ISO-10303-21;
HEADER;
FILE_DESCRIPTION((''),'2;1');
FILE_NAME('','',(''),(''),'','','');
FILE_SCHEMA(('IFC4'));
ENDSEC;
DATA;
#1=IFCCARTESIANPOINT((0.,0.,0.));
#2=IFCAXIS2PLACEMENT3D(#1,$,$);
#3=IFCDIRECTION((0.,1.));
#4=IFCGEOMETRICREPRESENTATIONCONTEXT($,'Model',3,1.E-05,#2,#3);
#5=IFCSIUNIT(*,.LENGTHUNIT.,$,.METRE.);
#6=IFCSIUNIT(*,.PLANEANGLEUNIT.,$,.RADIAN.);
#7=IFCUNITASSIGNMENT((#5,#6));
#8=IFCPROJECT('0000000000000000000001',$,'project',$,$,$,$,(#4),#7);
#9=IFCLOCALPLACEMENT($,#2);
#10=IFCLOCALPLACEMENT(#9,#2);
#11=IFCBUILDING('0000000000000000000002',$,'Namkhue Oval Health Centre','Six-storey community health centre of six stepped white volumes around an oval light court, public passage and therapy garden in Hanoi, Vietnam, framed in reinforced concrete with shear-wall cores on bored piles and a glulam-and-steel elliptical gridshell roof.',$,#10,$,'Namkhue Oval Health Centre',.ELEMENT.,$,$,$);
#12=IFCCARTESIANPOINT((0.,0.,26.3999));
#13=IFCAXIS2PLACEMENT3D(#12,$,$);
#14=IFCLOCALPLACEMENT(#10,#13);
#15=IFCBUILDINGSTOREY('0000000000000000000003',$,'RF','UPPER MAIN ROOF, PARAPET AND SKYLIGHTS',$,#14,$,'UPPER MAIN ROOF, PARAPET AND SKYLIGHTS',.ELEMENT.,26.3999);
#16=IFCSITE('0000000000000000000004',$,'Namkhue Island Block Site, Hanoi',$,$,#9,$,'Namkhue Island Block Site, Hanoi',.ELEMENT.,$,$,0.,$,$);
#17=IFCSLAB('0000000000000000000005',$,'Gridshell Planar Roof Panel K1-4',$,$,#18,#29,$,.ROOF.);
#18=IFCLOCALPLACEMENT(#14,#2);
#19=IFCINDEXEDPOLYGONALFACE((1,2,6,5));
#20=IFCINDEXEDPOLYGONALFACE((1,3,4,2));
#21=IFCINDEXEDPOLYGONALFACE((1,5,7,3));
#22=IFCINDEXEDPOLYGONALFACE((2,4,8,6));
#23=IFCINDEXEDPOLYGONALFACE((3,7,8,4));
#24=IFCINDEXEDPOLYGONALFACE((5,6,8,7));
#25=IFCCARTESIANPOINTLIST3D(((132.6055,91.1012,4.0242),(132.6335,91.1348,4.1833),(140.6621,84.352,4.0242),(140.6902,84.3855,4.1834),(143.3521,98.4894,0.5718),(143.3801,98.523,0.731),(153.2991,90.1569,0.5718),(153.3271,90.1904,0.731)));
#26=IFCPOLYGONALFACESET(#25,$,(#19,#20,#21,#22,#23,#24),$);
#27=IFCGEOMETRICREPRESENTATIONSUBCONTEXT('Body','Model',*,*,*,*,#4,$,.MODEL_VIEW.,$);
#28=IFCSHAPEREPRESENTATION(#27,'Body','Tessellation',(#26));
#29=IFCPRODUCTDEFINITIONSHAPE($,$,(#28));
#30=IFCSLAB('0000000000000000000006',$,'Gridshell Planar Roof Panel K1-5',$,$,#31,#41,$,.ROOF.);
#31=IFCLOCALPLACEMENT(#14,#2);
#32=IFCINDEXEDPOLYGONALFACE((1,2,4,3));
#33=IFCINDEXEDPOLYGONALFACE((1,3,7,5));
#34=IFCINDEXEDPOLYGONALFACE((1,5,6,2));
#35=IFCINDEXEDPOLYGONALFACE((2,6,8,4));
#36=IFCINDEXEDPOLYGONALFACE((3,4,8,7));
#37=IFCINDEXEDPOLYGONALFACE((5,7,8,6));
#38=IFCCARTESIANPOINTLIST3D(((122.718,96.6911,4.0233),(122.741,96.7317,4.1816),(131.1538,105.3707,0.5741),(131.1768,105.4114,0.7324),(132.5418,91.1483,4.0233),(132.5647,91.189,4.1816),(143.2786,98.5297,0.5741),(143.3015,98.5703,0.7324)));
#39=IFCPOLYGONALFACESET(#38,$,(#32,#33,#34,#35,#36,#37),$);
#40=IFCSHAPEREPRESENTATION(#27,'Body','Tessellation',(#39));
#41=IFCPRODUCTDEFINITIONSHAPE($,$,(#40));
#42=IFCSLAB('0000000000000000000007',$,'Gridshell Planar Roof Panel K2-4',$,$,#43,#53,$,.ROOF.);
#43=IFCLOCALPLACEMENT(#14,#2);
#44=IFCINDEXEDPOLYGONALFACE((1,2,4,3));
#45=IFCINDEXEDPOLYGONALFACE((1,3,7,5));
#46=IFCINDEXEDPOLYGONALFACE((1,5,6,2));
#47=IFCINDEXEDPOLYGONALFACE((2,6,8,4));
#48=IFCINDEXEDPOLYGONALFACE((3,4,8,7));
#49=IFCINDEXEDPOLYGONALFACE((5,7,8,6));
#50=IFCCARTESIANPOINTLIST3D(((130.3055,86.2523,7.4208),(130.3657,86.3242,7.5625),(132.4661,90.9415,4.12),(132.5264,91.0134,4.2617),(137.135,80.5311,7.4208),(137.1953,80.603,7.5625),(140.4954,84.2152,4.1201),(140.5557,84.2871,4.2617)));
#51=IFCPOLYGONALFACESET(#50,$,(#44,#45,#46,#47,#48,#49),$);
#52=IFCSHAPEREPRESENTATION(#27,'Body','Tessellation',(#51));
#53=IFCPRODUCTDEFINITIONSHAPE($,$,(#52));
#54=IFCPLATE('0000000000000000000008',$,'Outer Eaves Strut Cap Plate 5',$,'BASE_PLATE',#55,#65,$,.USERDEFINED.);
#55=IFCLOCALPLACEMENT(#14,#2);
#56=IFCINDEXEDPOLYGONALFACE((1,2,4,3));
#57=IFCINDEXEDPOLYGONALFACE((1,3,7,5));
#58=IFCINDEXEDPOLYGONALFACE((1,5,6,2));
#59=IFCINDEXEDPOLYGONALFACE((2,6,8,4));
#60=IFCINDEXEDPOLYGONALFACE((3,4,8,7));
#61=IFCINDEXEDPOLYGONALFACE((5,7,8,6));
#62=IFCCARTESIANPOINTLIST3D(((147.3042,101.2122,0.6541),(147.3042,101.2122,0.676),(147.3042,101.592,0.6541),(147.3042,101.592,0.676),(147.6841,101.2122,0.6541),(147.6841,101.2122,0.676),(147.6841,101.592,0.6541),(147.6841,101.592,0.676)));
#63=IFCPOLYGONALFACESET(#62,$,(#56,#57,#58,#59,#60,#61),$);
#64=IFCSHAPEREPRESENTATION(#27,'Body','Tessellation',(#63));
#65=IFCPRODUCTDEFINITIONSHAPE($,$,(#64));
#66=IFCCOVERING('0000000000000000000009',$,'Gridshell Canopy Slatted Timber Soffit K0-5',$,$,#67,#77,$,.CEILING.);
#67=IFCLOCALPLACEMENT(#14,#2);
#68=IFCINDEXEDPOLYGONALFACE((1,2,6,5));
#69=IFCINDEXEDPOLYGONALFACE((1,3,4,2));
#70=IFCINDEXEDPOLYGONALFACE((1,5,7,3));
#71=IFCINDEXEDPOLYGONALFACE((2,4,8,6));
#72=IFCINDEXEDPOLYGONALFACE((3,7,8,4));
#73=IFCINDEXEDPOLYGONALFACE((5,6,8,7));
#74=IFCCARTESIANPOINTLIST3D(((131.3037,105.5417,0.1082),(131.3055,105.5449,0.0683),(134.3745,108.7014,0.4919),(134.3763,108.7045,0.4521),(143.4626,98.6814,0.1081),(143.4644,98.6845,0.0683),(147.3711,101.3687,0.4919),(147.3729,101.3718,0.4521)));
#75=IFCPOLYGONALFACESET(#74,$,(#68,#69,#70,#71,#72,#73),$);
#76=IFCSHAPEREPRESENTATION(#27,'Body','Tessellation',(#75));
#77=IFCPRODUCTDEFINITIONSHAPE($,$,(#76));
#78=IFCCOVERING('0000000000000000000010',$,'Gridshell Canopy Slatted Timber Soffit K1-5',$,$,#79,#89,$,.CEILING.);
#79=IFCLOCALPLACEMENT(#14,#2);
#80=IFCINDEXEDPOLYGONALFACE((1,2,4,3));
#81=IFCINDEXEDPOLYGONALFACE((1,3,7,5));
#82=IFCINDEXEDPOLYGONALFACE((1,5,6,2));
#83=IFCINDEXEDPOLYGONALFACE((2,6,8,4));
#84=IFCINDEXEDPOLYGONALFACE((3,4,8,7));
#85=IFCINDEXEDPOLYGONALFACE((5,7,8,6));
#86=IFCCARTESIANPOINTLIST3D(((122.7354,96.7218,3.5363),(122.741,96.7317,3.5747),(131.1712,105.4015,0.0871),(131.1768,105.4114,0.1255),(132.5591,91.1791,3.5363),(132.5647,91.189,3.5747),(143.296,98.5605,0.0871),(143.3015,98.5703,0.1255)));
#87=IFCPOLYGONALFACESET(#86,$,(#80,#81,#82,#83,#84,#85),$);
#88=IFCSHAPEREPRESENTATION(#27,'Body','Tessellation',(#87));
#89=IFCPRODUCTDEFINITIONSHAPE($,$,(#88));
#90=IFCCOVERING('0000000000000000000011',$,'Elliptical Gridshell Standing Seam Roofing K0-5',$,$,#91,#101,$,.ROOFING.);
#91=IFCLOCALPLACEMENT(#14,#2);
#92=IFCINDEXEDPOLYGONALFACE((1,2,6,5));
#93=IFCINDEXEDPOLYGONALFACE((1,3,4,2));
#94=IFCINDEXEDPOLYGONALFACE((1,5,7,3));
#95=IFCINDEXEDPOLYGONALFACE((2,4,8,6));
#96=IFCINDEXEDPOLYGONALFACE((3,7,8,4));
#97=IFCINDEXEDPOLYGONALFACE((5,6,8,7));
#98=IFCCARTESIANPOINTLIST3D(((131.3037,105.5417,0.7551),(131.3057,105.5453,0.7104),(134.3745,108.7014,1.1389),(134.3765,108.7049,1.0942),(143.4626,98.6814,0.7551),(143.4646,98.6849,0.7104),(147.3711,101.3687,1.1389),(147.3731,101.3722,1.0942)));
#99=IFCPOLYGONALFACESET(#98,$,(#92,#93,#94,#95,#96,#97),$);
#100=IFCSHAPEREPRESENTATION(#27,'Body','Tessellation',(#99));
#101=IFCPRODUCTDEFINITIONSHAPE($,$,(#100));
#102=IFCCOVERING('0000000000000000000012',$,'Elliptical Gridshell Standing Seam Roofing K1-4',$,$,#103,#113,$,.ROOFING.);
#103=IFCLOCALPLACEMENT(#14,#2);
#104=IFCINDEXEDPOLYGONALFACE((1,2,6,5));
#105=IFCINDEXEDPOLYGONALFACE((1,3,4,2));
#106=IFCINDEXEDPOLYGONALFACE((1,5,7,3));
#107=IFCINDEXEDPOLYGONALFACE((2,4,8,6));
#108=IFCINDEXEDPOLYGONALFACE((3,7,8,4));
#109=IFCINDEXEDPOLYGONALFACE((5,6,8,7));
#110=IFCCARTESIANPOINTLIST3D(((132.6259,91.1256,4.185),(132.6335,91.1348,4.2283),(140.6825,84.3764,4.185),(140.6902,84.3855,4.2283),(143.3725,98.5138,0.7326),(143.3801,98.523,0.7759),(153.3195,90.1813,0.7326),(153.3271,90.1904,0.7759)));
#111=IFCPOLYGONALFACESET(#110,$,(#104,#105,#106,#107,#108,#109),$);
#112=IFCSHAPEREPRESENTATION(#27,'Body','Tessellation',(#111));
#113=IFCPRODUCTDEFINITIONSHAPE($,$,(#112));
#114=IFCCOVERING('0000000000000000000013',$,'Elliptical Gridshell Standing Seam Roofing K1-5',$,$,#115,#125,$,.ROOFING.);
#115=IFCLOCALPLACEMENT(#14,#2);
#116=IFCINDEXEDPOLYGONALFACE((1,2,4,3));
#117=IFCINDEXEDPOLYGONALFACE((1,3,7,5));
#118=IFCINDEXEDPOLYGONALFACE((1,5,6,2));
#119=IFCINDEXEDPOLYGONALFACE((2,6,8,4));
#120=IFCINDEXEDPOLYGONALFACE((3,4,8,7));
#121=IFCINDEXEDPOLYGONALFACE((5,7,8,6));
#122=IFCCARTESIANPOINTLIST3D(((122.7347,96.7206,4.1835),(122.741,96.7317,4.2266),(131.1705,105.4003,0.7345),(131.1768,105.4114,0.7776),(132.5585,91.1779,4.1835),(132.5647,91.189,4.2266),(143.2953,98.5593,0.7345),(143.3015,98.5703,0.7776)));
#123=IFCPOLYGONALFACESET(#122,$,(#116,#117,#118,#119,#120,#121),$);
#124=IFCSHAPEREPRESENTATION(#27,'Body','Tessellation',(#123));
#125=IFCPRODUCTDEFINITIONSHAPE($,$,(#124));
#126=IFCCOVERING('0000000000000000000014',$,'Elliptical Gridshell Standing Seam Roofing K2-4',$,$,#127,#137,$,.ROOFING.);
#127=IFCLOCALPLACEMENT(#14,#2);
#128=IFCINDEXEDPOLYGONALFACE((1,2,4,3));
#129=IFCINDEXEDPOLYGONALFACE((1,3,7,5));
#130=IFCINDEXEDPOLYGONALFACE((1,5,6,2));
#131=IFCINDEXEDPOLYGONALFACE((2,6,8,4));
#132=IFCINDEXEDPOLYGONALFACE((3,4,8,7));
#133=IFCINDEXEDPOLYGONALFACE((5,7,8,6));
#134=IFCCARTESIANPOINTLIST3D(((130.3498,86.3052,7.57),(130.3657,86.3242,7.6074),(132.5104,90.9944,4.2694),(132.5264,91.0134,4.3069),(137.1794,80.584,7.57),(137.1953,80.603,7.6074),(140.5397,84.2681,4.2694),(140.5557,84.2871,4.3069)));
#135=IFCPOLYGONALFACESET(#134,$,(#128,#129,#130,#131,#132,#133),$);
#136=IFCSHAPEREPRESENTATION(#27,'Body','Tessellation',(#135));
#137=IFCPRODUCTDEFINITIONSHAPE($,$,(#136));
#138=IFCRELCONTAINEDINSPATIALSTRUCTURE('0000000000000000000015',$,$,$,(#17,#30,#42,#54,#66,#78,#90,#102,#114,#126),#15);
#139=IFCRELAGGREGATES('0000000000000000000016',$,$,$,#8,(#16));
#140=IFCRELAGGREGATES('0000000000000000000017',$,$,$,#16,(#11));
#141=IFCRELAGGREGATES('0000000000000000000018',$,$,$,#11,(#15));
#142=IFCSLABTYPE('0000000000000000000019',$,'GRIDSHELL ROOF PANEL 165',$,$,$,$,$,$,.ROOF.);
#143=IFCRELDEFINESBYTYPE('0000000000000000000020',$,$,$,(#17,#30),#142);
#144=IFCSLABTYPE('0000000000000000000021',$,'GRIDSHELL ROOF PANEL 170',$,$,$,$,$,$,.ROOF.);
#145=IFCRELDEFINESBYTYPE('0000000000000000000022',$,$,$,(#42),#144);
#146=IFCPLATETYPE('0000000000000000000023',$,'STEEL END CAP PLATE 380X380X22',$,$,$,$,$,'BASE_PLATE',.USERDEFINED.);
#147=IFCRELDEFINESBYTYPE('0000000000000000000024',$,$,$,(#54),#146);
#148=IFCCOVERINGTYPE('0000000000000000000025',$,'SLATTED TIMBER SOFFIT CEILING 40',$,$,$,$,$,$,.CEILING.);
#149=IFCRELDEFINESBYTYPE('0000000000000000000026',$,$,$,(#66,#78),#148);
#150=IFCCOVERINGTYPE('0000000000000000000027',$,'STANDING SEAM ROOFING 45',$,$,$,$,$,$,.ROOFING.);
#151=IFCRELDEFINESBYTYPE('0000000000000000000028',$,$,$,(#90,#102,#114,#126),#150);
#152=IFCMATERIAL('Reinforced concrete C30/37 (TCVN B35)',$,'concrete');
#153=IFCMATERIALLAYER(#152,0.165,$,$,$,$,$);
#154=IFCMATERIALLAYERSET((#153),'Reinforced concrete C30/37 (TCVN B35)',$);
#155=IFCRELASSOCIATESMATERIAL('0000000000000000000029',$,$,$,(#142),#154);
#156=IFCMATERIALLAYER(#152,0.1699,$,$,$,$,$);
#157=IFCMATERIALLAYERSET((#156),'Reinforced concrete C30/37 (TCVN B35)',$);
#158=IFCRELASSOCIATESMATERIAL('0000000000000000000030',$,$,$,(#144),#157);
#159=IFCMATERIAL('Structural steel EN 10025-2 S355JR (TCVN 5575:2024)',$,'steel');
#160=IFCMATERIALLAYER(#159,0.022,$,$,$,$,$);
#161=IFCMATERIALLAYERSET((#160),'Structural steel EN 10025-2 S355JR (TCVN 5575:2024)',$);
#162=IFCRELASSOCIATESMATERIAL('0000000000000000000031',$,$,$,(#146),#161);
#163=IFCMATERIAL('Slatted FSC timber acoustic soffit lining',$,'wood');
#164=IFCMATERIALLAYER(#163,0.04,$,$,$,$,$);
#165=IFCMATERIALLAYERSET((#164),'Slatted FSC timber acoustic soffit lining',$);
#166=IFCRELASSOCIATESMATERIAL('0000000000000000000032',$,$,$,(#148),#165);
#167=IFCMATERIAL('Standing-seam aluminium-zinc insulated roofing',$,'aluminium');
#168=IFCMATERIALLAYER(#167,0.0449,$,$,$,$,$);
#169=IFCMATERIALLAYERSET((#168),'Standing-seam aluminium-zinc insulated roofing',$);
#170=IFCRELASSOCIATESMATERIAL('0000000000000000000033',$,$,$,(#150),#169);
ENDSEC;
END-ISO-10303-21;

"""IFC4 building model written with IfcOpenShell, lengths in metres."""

from ifc_helpers import new_model, si_unit, direction, frame, origin, origin_2d, place, context, subcontext, project, spatial, polyline, rectangle, outline, extrude, material, layer, layer_set, type_object, element, save


model = new_model("IFC4")

# Units and contexts
model_context = context("Model", 3, precision=1e-05, world=origin(), true_north=direction((0.0, 1.0)))
body_context = subcontext(model_context, "Body", "Model", "MODEL_VIEW")
ifc_project = project(units=[si_unit("LENGTHUNIT", "METRE"), si_unit("PLANEANGLEUNIT", "RADIAN")], contexts=[model_context])

# Site, building, storey
site_placement = place(None, origin())
site = spatial("IfcSite", under=ifc_project, at=site_placement, Name="Namkhue Island Block Site, Hanoi", LongName="Namkhue Island Block Site, Hanoi", CompositionType="ELEMENT", RefElevation=0.0)
building_placement = place(site_placement, origin())
building = spatial("IfcBuilding", under=site, at=building_placement, Name="Namkhue Oval Health Centre", Description="Six-storey community health centre of six stepped white volumes around an oval light court, public passage and therapy garden in Hanoi, Vietnam, framed in reinforced concrete with shear-wall cores on bored piles and a glulam-and-steel elliptical gridshell roof.", LongName="Namkhue Oval Health Centre", CompositionType="ELEMENT")
storey_placement = place(building_placement, frame((0.0, 0.0, 26.3999)))
storey = spatial("IfcBuildingStorey", under=building, at=storey_placement, Name="RF", Description="UPPER MAIN ROOF, PARAPET AND SKYLIGHTS", LongName="UPPER MAIN ROOF, PARAPET AND SKYLIGHTS", CompositionType="ELEMENT", Elevation=26.3999)

# Shared definitions
ifc_material_1 = material(Name="Structural steel EN 10025-2 S355JR (TCVN 5575:2024)", Category="steel")

# Slabs
ifc_material_2 = material(Name="Reinforced concrete C30/37 (TCVN B35)", Category="concrete")
ifc_layer_1 = layer(ifc_material_2, 0.165)
ifc_layer_set_1 = layer_set([ifc_layer_1], Name="Reinforced concrete C30/37 (TCVN B35)")
slab_type_1 = type_object("IfcSlabType", Name="GRIDSHELL ROOF PANEL 165", PredefinedType="ROOF", material=ifc_layer_set_1)
slab_1_placement = place(storey_placement, frame((153.3271, 90.1904, 0.731), z_axis=(0.17014, 0.203102, 0.964262), x_axis=(-0.766576, 0.642154, 0.000003)))
element("IfcSlab", 1, at=slab_1_placement, inside=storey, type_object=slab_type_1, Name="Gridshell Planar Roof Panel K1-4", PredefinedType="ROOF", context=body_context, shape_type="SweptSolid", body=[
    extrude(outline(polyline([(0.0, 0.0), (12.9759, 0.0), (16.4696, 13.0302), (5.9595, 13.0305), (0.0, 0.0)])), origin(), (0.0, 0.0, -1.0), 0.165),
])
slab_2_placement = place(storey_placement, frame((143.3015, 98.5703, 0.7324), z_axis=(0.138903, 0.246185, 0.959218), x_axis=(-0.870934, 0.491401, 0.0)))
element("IfcSlab", 2, at=slab_2_placement, inside=storey, type_object=slab_type_1, Name="Gridshell Planar Roof Panel K1-5", PredefinedType="ROOF", context=body_context, shape_type="SweptSolid", body=[
    extrude(outline(polyline([(0.0, 0.0), (13.9216, 0.0), (17.0034, 12.2024), (5.7239, 12.2024), (0.0, 0.0)])), origin(), (0.0, 0.0, -1.0), 0.165),
])
ifc_layer_2 = layer(ifc_material_2, 0.1699)
ifc_layer_set_2 = layer_set([ifc_layer_2], Name="Reinforced concrete C30/37 (TCVN B35)")
slab_type_2 = type_object("IfcSlabType", Name="GRIDSHELL ROOF PANEL 170", PredefinedType="ROOF", material=ifc_layer_set_2)
slab_3_placement = place(storey_placement, frame((140.5557, 84.2871, 4.2617), z_axis=(0.354677, 0.423386, 0.833636), x_axis=(-0.766565, 0.642167, -0.000002)))
element("IfcSlab", 3, at=slab_3_placement, inside=storey, type_object=slab_type_2, Name="Gridshell Planar Roof Panel K2-4", PredefinedType="ROOF", context=body_context, shape_type="SweptSolid", body=[
    extrude(outline(polyline([(0.0, 0.0), (10.4744, 0.0), (9.1194, 5.9763), (0.2101, 5.9762), (0.0, 0.0)])), origin(), (0.0, 0.0, -1.0), 0.1699),
])

# Plate
ifc_layer_3 = layer(ifc_material_1, 0.022)
ifc_layer_set_3 = layer_set([ifc_layer_3], Name="Structural steel EN 10025-2 S355JR (TCVN 5575:2024)")
plate_type_1 = type_object("IfcPlateType", Name="STEEL END CAP PLATE 380X380X22", ElementType="BASE_PLATE", PredefinedType="USERDEFINED", material=ifc_layer_set_3)
plate_1_placement = place(storey_placement, frame((147.4941, 101.4021, 0.6541), z_axis=(0.0, 0.0, 1.0), x_axis=(1.0, 0.0, 0.0)))
element("IfcPlate", 4, at=plate_1_placement, inside=storey, type_object=plate_type_1, Name="Outer Eaves Strut Cap Plate 5", ObjectType="BASE_PLATE", PredefinedType="USERDEFINED", context=body_context, shape_type="SweptSolid", body=[
    extrude(rectangle(XDim=0.3799, YDim=0.3799, at=origin_2d()), origin(), (0.0, 0.0, 1.0), 0.022),
])

# Coverings
ifc_material_3 = material(Name="Slatted FSC timber acoustic soffit lining", Category="wood")
ifc_layer_4 = layer(ifc_material_3, 0.04)
ifc_layer_set_4 = layer_set([ifc_layer_4], Name="Slatted FSC timber acoustic soffit lining")
covering_type_1 = type_object("IfcCoveringType", Name="SLATTED TIMBER SOFFIT CEILING 40", PredefinedType="CEILING", material=ifc_layer_set_4)
covering_1_placement = place(storey_placement, frame((147.3711, 101.3687, 0.4919), z_axis=(-0.044082, -0.07813, 0.995968), x_axis=(-0.870939, 0.49139, -0.000001)))
element("IfcCovering", 5, at=covering_1_placement, inside=storey, type_object=covering_type_1, Name="Gridshell Canopy Slatted Timber Soffit K0-5", PredefinedType="CEILING", context=body_context, shape_type="SweptSolid", body=[
    extrude(outline(polyline([(0.0, 0.0), (14.9225, 0.0), (16.0443, 4.2781), (2.0835, 4.2783), (0.0, 0.0)])), origin(), (0.0, 0.0, -1.0), 0.04),
])
covering_2_placement = place(storey_placement, frame((143.3015, 98.5703, 0.1255), z_axis=(0.138903, 0.246185, 0.959218), x_axis=(-0.870934, 0.491401, 0.0)))
element("IfcCovering", 6, at=covering_2_placement, inside=storey, type_object=covering_type_1, Name="Gridshell Canopy Slatted Timber Soffit K1-5", PredefinedType="CEILING", context=body_context, shape_type="SweptSolid", body=[
    extrude(outline(polyline([(0.0, 0.0), (13.9216, 0.0), (17.0034, 12.2024), (5.7239, 12.2024), (0.0, 0.0)])), origin(), (0.0, 0.0, -1.0), 0.04),
])
ifc_material_4 = material(Name="Standing-seam aluminium-zinc insulated roofing", Category="aluminium")
ifc_layer_5 = layer(ifc_material_4, 0.0449)
ifc_layer_set_5 = layer_set([ifc_layer_5], Name="Standing-seam aluminium-zinc insulated roofing")
covering_type_2 = type_object("IfcCoveringType", Name="STANDING SEAM ROOFING 45", PredefinedType="ROOFING", material=ifc_layer_set_5)
covering_3_placement = place(storey_placement, frame((147.3711, 101.3687, 1.1389), z_axis=(-0.044082, -0.07813, 0.995968), x_axis=(-0.870939, 0.49139, -0.000001)))
element("IfcCovering", 7, at=covering_3_placement, inside=storey, type_object=covering_type_2, Name="Elliptical Gridshell Standing Seam Roofing K0-5", PredefinedType="ROOFING", context=body_context, shape_type="SweptSolid", body=[
    extrude(outline(polyline([(0.0, 0.0), (14.9225, 0.0), (16.0443, 4.2781), (2.0835, 4.2783), (0.0, 0.0)])), origin(), (0.0, 0.0, -1.0), 0.0449),
])
covering_4_placement = place(storey_placement, frame((153.3271, 90.1904, 0.7759), z_axis=(0.17014, 0.203102, 0.964262), x_axis=(-0.766576, 0.642154, 0.000003)))
element("IfcCovering", 8, at=covering_4_placement, inside=storey, type_object=covering_type_2, Name="Elliptical Gridshell Standing Seam Roofing K1-4", PredefinedType="ROOFING", context=body_context, shape_type="SweptSolid", body=[
    extrude(outline(polyline([(0.0, 0.0), (12.9759, 0.0), (16.4696, 13.0302), (5.9595, 13.0305), (0.0, 0.0)])), origin(), (0.0, 0.0, -1.0), 0.0449),
])
covering_5_placement = place(storey_placement, frame((143.3015, 98.5703, 0.7776), z_axis=(0.138893, 0.246169, 0.959223), x_axis=(-0.870934, 0.491401, 0.0)))
element("IfcCovering", 9, at=covering_5_placement, inside=storey, type_object=covering_type_2, Name="Elliptical Gridshell Standing Seam Roofing K1-5", PredefinedType="ROOFING", context=body_context, shape_type="SweptSolid", body=[
    extrude(outline(polyline([(0.0, 0.0), (13.9216, 0.0), (17.0034, 12.2024), (5.7239, 12.2023), (0.0, 0.0)])), origin(), (0.0, 0.0, -1.0), 0.0449),
])
covering_6_placement = place(storey_placement, frame((140.5557, 84.2871, 4.3069), z_axis=(0.354658, 0.423364, 0.833655), x_axis=(-0.766565, 0.642167, -0.000002)))
element("IfcCovering", 10, at=covering_6_placement, inside=storey, type_object=covering_type_2, Name="Elliptical Gridshell Standing Seam Roofing K2-4", PredefinedType="ROOFING", context=body_context, shape_type="SweptSolid", body=[
    extrude(outline(polyline([(0.0, 0.0), (10.4744, 0.0), (9.1194, 5.9762), (0.2101, 5.9761), (0.0, 0.0)])), origin(), (0.0, 0.0, -1.0), 0.0449),
])

save(model, "model.ifc")
